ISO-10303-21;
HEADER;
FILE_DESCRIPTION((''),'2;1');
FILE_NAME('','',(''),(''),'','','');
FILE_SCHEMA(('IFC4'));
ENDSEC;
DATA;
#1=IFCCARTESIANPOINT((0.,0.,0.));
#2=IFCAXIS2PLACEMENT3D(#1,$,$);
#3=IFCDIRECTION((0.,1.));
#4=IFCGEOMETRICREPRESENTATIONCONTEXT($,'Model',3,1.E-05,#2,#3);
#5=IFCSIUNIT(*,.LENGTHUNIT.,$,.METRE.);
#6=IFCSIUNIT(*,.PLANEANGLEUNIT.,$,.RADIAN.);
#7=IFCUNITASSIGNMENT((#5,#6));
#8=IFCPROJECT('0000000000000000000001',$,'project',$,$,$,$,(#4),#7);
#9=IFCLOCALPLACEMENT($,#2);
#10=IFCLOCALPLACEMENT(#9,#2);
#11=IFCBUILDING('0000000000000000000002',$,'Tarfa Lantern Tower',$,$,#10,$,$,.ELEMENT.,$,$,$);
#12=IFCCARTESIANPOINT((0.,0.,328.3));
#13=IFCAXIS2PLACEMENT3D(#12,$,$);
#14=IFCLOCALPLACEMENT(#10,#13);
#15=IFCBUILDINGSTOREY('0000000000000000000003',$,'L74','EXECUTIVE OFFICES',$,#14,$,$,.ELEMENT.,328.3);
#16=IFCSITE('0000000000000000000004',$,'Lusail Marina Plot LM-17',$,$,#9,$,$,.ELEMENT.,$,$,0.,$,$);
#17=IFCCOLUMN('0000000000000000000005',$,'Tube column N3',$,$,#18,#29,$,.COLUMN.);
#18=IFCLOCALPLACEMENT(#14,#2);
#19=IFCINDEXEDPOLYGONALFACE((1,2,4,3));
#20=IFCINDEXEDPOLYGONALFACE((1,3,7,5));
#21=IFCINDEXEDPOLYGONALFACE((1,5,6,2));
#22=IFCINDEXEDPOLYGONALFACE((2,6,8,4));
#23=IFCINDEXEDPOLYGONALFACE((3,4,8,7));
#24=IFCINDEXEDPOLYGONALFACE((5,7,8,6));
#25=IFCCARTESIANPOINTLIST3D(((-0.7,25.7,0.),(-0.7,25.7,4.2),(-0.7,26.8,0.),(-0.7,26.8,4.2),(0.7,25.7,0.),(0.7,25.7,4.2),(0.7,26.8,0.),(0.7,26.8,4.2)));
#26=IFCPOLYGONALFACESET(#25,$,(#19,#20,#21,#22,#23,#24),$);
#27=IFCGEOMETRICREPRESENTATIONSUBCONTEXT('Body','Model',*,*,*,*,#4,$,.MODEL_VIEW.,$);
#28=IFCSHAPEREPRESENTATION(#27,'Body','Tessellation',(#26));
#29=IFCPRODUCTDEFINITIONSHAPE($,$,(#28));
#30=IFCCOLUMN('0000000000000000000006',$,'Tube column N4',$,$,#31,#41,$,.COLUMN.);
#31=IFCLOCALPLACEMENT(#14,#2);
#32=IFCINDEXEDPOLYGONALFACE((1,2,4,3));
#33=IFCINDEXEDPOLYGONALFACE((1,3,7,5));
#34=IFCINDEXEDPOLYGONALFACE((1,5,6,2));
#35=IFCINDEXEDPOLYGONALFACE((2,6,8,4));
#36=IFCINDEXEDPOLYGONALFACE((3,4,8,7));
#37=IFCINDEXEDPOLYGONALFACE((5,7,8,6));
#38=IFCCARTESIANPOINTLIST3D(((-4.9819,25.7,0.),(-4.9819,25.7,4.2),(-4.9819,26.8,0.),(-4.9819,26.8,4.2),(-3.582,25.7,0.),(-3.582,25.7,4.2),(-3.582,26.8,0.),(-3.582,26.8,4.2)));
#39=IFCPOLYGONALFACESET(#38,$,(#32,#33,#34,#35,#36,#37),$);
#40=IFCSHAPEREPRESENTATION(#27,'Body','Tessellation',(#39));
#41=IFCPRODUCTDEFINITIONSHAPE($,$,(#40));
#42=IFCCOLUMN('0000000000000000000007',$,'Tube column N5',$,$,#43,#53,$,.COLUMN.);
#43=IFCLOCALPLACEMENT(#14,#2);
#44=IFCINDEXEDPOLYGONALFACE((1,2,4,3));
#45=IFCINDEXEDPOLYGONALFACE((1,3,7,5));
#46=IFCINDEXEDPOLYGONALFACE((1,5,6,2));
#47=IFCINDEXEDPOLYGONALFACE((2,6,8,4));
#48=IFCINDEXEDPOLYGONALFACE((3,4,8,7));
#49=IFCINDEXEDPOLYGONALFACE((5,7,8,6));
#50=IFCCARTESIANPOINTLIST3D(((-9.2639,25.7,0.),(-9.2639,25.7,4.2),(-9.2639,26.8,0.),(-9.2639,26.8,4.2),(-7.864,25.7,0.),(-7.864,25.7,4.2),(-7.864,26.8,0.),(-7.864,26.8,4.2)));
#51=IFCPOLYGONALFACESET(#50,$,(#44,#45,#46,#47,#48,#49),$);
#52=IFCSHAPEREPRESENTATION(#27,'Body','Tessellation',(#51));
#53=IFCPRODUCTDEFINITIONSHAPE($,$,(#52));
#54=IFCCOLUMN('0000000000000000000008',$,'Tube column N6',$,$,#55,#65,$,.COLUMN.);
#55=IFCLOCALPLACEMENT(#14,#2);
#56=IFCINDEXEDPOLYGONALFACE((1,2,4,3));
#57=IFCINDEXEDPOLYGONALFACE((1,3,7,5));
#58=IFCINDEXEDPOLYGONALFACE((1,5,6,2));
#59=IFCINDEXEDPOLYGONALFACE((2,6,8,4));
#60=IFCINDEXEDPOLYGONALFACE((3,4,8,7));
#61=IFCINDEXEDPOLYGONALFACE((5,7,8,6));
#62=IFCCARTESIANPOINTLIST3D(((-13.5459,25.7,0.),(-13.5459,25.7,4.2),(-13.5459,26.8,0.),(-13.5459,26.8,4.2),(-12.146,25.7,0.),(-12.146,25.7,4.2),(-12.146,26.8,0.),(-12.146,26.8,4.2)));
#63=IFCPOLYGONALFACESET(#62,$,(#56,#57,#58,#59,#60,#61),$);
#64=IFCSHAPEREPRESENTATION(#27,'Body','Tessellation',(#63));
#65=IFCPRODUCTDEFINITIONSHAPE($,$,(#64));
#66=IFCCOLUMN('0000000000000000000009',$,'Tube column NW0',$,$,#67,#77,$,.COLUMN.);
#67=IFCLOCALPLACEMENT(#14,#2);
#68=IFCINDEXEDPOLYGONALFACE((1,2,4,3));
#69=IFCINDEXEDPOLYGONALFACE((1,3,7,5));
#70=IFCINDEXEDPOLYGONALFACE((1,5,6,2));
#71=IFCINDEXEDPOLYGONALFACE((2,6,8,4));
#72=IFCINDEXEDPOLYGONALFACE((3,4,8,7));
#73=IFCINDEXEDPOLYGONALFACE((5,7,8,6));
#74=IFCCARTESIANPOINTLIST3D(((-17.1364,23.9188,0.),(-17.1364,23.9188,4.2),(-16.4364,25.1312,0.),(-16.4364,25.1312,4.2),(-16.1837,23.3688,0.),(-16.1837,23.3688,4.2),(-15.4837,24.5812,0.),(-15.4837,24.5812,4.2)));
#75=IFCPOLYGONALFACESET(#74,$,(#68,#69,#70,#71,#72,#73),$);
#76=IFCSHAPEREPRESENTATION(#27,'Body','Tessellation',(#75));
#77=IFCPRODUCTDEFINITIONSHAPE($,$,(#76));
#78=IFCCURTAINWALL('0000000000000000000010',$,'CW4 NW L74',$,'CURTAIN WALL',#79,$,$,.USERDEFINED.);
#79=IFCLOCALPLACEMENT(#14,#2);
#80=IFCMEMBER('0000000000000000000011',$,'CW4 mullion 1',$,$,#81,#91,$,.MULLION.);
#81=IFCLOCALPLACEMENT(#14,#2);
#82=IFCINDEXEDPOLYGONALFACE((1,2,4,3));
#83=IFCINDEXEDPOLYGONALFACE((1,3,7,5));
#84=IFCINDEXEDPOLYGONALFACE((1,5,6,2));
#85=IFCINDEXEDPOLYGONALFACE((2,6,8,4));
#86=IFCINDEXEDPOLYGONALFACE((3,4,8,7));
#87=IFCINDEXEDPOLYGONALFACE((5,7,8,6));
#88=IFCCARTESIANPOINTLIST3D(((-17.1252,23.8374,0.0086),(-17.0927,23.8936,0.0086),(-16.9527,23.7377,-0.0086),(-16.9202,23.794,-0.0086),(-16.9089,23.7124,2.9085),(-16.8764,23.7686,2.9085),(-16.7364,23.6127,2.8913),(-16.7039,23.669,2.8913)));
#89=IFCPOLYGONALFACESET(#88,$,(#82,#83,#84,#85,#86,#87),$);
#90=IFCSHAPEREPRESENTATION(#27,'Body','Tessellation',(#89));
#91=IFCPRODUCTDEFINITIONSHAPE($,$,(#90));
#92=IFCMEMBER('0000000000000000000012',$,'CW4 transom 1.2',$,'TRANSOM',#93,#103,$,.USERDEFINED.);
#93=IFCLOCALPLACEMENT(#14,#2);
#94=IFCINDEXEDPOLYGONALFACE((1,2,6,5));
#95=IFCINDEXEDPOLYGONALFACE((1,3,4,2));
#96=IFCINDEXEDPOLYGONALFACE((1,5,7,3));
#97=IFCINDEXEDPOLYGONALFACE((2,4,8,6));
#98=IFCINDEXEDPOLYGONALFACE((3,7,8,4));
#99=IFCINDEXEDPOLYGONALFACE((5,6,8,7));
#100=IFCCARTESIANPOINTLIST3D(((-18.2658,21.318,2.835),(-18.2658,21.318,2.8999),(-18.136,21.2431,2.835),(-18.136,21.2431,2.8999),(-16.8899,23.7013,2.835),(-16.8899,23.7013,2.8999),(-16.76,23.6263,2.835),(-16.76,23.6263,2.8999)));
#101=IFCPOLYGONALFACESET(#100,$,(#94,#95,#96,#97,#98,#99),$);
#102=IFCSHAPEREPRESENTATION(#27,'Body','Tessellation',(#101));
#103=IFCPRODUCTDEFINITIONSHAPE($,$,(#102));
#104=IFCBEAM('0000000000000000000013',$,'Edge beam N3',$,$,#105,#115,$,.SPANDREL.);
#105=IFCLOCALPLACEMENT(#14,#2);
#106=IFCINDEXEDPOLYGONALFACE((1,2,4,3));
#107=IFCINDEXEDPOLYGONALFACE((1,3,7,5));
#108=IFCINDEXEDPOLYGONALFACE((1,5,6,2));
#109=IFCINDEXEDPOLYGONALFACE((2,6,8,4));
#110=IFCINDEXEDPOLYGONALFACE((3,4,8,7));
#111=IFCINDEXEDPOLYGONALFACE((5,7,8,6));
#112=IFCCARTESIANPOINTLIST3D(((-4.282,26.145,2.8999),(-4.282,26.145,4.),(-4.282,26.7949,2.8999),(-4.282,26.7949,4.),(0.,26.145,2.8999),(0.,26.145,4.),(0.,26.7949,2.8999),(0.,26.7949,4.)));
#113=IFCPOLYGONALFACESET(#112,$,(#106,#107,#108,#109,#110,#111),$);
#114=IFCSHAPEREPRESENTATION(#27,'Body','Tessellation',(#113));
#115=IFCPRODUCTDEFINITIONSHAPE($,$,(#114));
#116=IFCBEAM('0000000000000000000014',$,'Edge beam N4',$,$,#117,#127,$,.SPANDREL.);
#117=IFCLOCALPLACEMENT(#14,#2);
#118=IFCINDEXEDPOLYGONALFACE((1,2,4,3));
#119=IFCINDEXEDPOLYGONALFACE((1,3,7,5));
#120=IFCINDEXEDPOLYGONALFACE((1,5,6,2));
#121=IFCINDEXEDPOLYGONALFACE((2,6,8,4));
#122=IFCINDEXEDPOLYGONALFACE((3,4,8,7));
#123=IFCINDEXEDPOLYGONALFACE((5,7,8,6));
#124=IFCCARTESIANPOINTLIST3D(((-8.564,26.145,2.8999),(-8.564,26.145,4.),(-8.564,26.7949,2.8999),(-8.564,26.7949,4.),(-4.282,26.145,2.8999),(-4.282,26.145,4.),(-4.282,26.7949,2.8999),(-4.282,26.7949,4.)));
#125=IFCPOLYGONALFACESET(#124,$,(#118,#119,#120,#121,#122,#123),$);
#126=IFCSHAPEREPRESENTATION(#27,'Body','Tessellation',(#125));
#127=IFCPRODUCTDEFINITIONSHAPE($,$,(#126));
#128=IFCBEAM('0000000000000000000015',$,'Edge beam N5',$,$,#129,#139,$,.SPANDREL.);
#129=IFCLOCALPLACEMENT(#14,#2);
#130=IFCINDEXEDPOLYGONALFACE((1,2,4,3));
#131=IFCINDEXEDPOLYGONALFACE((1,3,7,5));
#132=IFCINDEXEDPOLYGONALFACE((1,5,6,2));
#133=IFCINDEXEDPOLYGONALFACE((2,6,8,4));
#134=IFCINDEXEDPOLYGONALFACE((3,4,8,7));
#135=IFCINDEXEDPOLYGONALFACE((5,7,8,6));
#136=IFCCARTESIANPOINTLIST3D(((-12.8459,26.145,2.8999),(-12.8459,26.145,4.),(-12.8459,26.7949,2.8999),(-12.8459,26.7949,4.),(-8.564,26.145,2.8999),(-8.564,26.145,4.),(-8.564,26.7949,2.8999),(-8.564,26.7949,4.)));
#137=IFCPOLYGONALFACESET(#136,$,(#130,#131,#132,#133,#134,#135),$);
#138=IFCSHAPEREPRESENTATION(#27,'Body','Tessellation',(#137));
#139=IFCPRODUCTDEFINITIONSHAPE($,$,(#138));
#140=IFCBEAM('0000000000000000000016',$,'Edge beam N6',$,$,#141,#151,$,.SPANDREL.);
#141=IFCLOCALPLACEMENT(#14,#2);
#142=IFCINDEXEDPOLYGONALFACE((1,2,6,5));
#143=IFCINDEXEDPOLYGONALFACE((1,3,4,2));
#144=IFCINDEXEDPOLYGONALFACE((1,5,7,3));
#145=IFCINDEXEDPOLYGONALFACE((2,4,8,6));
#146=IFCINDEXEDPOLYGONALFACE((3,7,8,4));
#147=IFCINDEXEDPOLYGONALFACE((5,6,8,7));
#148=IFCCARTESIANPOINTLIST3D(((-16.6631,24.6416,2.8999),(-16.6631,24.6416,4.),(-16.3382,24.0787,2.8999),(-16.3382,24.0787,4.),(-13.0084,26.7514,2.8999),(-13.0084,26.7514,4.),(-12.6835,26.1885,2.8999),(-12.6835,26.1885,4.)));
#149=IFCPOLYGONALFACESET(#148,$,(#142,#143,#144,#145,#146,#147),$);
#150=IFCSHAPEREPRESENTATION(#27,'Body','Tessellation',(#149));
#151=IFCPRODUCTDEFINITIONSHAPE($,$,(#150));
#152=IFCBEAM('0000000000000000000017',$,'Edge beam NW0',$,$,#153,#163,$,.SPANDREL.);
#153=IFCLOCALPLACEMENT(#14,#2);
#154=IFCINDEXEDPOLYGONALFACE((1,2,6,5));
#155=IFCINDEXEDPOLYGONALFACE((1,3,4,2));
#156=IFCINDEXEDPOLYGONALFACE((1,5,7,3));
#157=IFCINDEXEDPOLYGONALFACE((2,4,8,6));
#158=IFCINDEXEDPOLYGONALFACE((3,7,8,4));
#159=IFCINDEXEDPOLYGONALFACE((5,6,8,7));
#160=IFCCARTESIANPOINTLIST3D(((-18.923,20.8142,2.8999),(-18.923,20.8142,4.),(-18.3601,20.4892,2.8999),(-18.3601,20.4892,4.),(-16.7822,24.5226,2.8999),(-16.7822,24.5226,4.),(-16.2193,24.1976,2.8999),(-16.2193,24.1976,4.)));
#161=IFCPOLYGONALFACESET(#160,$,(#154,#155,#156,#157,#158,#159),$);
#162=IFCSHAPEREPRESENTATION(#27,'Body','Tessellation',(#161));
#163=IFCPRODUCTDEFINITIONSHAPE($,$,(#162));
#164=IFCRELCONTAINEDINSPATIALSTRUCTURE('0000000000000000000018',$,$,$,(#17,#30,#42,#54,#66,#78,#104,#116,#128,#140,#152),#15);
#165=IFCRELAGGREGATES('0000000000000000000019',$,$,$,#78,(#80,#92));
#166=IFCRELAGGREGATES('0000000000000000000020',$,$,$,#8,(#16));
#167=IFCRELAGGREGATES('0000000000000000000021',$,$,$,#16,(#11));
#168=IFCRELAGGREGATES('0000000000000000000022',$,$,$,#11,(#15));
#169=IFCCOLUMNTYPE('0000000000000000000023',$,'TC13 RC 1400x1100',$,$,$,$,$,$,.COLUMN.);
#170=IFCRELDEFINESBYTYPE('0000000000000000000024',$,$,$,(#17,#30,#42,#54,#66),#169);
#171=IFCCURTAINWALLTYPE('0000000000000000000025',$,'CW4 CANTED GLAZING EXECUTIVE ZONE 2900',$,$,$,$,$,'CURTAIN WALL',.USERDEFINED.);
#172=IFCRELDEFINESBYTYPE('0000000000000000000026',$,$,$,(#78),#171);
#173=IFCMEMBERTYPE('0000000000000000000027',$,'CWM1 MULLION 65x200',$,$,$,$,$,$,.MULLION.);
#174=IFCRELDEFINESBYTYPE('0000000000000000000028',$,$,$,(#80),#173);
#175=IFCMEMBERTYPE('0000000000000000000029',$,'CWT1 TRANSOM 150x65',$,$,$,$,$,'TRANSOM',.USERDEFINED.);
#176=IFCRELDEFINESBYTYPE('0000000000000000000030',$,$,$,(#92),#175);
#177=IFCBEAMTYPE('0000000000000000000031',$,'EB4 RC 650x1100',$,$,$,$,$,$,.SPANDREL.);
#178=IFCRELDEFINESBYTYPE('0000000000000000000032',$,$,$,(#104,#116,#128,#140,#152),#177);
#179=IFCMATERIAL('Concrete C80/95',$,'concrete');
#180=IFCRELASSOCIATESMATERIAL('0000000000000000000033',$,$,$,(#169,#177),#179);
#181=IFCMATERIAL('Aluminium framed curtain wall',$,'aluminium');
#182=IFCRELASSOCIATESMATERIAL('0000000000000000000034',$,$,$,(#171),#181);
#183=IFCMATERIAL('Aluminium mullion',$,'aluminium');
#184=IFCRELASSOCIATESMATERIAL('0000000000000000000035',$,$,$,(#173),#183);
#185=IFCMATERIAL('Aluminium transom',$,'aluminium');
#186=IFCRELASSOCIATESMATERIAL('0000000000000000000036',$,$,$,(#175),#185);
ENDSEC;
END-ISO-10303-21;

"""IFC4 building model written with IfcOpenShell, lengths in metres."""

from ifc_helpers import new_model, si_unit, direction, frame, origin, origin_2d, place, context, subcontext, project, spatial, rectangle, extrude, material, material_profile, profile_set, type_object, element, aggregate, save


model = new_model("IFC4")

# Units and contexts
model_context = context("Model", 3, precision=1e-05, world=origin(), true_north=direction((0.0, 1.0)))
body_context = subcontext(model_context, "Body", "Model", "MODEL_VIEW")
ifc_project = project(units=[si_unit("LENGTHUNIT", "METRE"), si_unit("PLANEANGLEUNIT", "RADIAN")], contexts=[model_context])

# Site, building, storey
site_placement = place(None, origin())
site = spatial("IfcSite", under=ifc_project, at=site_placement, Name="Lusail Marina Plot LM-17", CompositionType="ELEMENT", RefElevation=0.0)
building_placement = place(site_placement, origin())
building = spatial("IfcBuilding", under=site, at=building_placement, Name="Tarfa Lantern Tower", CompositionType="ELEMENT")
storey_placement = place(building_placement, frame((0.0, 0.0, 328.3)))
storey = spatial("IfcBuildingStorey", under=building, at=storey_placement, Name="L74", Description="EXECUTIVE OFFICES", CompositionType="ELEMENT", Elevation=328.3)

# Columns
ifc_material_1 = material(Name="Concrete C80/95", Category="concrete")
ifc_material_profile_1 = material_profile(ifc_material_1, rectangle(XDim=1.3999, YDim=1.1001, at=origin_2d()), Name="RC 1400x1100")
ifc_profile_set_1 = profile_set([ifc_material_profile_1], Name="Concrete C80/95")
column_type = type_object("IfcColumnType", Name="TC13 RC 1400x1100", PredefinedType="COLUMN", material=ifc_profile_set_1)
for number, where, z_axis, x_axis, name in (
    (1, (0.0, 26.25, 0.0), (0.0, 0.0, 1.0), (-1.0, 0.0, 0.0), "Tube column N3"),
    (2, (-4.282, 26.25, 0.0), (0.0, 0.0, 1.0), (-1.0, 0.0, 0.0), "Tube column N4"),
    (3, (-8.564, 26.25, 0.0), (0.0, 0.0, 1.0), (-1.0, 0.0, 0.0), "Tube column N5"),
    (4, (-12.8459, 26.25, 0.0), (0.0, 0.0, 1.0), (-1.0, 0.0, 0.0), "Tube column N6"),
    (5, (-16.3101, 24.25, 0.0), (0.0, 0.0, 1.0), (-0.5, -0.866025, 0.0), "Tube column NW0"),
):
    element("IfcColumn", number, at=place(storey_placement, frame(where, z_axis=z_axis, x_axis=x_axis)), inside=storey, type_object=column_type, Name=name, PredefinedType="COLUMN", context=body_context, shape_type="SweptSolid", body=[
        extrude(rectangle(XDim=1.3999, YDim=1.1001, at=origin_2d()), origin(), (0.0, 0.0, 1.0), 4.2),
    ])

# Curtain wall, members
ifc_material_2 = material(Name="Aluminium framed curtain wall", Category="aluminium")
curtain_wall_type = type_object("IfcCurtainWallType", Name="CW4 CANTED GLAZING EXECUTIVE ZONE 2900", ElementType="CURTAIN WALL", PredefinedType="USERDEFINED", material=ifc_material_2)
curtain_wall_placement = place(storey_placement, origin())
curtain_wall = element("IfcCurtainWall", 6, at=curtain_wall_placement, inside=storey, type_object=curtain_wall_type, Name="CW4 NW L74", ObjectType="CURTAIN WALL", PredefinedType="USERDEFINED")
ifc_material_3 = material(Name="Aluminium mullion", Category="aluminium")
ifc_material_profile_2 = material_profile(ifc_material_3, rectangle(XDim=0.0649, YDim=0.2, at=origin_2d()), Name="AL MULLION 65x200")
ifc_profile_set_2 = profile_set([ifc_material_profile_2], Name="Aluminium mullion")
member_type_1 = type_object("IfcMemberType", Name="CWM1 MULLION 65x200", PredefinedType="MULLION", material=ifc_profile_set_2)
member_1_placement = place(storey_placement, frame((-17.0227, 23.8157, 0.0), z_axis=(0.074316, -0.042946, 0.99631), x_axis=(0.500343, 0.865827, 0.0)))
member_1 = element("IfcMember", 7, at=member_1_placement, type_object=member_type_1, Name="CW4 mullion 1", PredefinedType="MULLION", context=body_context, shape_type="SweptSolid", body=[
    extrude(rectangle(XDim=0.0649, YDim=0.2, at=origin_2d()), origin(), (0.0, 0.0, 1.0), 2.9106),
])
ifc_material_4 = material(Name="Aluminium transom", Category="aluminium")
ifc_material_profile_3 = material_profile(ifc_material_4, rectangle(XDim=0.1499, YDim=0.0649, at=origin_2d()), Name="AL TRANSOM 150x65")
ifc_profile_set_3 = profile_set([ifc_material_profile_3], Name="Aluminium transom")
member_type_2 = type_object("IfcMemberType", Name="CWT1 TRANSOM 150x65", ElementType="TRANSOM", PredefinedType="USERDEFINED", material=ifc_profile_set_3)
member_2_placement = place(storey_placement, frame((-16.825, 23.6638, 2.8674), z_axis=(-0.499994, -0.866029, 0.0), x_axis=(0.866029, -0.499994, 0.0)))
member_2 = element("IfcMember", 8, at=member_2_placement, type_object=member_type_2, Name="CW4 transom 1.2", ObjectType="TRANSOM", PredefinedType="USERDEFINED", context=body_context, shape_type="SweptSolid", body=[
    extrude(rectangle(XDim=0.1499, YDim=0.0649, at=origin_2d()), origin(), (0.0, 0.0, 1.0), 2.752),
])
aggregate(curtain_wall, [member_1, member_2])

# Beams
ifc_material_profile_4 = material_profile(ifc_material_1, rectangle(XDim=0.6499, YDim=1.1001, at=origin_2d()), Name="RC 650x1100")
ifc_profile_set_4 = profile_set([ifc_material_profile_4], Name="Concrete C80/95")
beam_type_1 = type_object("IfcBeamType", Name="EB4 RC 650x1100", PredefinedType="SPANDREL", material=ifc_profile_set_4)
for number, where, z_axis, x_axis, name in (
    (9, (0.0, 26.47, 3.45), (-1.0, 0.0, 0.0), (0.0, -1.0, 0.0), "Edge beam N3"),
    (10, (-4.282, 26.47, 3.45), (-1.0, 0.0, 0.0), (0.0, -1.0, 0.0), "Edge beam N4"),
    (11, (-8.564, 26.47, 3.45), (-1.0, 0.0, 0.0), (0.0, -1.0, 0.0), "Edge beam N5"),
):
    element("IfcBeam", number, at=place(storey_placement, frame(where, z_axis=z_axis, x_axis=x_axis)), inside=storey, type_object=beam_type_1, Name=name, PredefinedType="SPANDREL", context=body_context, shape_type="SweptSolid", body=[
        extrude(rectangle(XDim=0.6499, YDim=1.1001, at=origin_2d()), origin(), (0.0, 0.0, 1.0), 4.282),
    ])
beam_1_placement = place(storey_placement, frame((-12.8459, 26.47, 3.45), z_axis=(-0.866049, -0.499959, 0.0), x_axis=(0.499959, -0.866049, 0.0)))
element("IfcBeam", 12, at=beam_1_placement, inside=storey, type_object=beam_type_1, Name="Edge beam N6", PredefinedType="SPANDREL", context=body_context, shape_type="SweptSolid", body=[
    extrude(rectangle(XDim=0.6499, YDim=1.1001, at=origin_2d()), origin(), (0.0, 0.0, 1.0), 4.22),
])
beam_2_placement = place(storey_placement, frame((-16.5007, 24.3601, 3.45), z_axis=(-0.499959, -0.866049, 0.0), x_axis=(0.866049, -0.499959, 0.0)))
element("IfcBeam", 13, at=beam_2_placement, inside=storey, type_object=beam_type_1, Name="Edge beam NW0", PredefinedType="SPANDREL", context=body_context, shape_type="SweptSolid", body=[
    extrude(rectangle(XDim=0.6499, YDim=1.1001, at=origin_2d()), origin(), (0.0, 0.0, 1.0), 4.282),
])

save(model, "model.ifc")
